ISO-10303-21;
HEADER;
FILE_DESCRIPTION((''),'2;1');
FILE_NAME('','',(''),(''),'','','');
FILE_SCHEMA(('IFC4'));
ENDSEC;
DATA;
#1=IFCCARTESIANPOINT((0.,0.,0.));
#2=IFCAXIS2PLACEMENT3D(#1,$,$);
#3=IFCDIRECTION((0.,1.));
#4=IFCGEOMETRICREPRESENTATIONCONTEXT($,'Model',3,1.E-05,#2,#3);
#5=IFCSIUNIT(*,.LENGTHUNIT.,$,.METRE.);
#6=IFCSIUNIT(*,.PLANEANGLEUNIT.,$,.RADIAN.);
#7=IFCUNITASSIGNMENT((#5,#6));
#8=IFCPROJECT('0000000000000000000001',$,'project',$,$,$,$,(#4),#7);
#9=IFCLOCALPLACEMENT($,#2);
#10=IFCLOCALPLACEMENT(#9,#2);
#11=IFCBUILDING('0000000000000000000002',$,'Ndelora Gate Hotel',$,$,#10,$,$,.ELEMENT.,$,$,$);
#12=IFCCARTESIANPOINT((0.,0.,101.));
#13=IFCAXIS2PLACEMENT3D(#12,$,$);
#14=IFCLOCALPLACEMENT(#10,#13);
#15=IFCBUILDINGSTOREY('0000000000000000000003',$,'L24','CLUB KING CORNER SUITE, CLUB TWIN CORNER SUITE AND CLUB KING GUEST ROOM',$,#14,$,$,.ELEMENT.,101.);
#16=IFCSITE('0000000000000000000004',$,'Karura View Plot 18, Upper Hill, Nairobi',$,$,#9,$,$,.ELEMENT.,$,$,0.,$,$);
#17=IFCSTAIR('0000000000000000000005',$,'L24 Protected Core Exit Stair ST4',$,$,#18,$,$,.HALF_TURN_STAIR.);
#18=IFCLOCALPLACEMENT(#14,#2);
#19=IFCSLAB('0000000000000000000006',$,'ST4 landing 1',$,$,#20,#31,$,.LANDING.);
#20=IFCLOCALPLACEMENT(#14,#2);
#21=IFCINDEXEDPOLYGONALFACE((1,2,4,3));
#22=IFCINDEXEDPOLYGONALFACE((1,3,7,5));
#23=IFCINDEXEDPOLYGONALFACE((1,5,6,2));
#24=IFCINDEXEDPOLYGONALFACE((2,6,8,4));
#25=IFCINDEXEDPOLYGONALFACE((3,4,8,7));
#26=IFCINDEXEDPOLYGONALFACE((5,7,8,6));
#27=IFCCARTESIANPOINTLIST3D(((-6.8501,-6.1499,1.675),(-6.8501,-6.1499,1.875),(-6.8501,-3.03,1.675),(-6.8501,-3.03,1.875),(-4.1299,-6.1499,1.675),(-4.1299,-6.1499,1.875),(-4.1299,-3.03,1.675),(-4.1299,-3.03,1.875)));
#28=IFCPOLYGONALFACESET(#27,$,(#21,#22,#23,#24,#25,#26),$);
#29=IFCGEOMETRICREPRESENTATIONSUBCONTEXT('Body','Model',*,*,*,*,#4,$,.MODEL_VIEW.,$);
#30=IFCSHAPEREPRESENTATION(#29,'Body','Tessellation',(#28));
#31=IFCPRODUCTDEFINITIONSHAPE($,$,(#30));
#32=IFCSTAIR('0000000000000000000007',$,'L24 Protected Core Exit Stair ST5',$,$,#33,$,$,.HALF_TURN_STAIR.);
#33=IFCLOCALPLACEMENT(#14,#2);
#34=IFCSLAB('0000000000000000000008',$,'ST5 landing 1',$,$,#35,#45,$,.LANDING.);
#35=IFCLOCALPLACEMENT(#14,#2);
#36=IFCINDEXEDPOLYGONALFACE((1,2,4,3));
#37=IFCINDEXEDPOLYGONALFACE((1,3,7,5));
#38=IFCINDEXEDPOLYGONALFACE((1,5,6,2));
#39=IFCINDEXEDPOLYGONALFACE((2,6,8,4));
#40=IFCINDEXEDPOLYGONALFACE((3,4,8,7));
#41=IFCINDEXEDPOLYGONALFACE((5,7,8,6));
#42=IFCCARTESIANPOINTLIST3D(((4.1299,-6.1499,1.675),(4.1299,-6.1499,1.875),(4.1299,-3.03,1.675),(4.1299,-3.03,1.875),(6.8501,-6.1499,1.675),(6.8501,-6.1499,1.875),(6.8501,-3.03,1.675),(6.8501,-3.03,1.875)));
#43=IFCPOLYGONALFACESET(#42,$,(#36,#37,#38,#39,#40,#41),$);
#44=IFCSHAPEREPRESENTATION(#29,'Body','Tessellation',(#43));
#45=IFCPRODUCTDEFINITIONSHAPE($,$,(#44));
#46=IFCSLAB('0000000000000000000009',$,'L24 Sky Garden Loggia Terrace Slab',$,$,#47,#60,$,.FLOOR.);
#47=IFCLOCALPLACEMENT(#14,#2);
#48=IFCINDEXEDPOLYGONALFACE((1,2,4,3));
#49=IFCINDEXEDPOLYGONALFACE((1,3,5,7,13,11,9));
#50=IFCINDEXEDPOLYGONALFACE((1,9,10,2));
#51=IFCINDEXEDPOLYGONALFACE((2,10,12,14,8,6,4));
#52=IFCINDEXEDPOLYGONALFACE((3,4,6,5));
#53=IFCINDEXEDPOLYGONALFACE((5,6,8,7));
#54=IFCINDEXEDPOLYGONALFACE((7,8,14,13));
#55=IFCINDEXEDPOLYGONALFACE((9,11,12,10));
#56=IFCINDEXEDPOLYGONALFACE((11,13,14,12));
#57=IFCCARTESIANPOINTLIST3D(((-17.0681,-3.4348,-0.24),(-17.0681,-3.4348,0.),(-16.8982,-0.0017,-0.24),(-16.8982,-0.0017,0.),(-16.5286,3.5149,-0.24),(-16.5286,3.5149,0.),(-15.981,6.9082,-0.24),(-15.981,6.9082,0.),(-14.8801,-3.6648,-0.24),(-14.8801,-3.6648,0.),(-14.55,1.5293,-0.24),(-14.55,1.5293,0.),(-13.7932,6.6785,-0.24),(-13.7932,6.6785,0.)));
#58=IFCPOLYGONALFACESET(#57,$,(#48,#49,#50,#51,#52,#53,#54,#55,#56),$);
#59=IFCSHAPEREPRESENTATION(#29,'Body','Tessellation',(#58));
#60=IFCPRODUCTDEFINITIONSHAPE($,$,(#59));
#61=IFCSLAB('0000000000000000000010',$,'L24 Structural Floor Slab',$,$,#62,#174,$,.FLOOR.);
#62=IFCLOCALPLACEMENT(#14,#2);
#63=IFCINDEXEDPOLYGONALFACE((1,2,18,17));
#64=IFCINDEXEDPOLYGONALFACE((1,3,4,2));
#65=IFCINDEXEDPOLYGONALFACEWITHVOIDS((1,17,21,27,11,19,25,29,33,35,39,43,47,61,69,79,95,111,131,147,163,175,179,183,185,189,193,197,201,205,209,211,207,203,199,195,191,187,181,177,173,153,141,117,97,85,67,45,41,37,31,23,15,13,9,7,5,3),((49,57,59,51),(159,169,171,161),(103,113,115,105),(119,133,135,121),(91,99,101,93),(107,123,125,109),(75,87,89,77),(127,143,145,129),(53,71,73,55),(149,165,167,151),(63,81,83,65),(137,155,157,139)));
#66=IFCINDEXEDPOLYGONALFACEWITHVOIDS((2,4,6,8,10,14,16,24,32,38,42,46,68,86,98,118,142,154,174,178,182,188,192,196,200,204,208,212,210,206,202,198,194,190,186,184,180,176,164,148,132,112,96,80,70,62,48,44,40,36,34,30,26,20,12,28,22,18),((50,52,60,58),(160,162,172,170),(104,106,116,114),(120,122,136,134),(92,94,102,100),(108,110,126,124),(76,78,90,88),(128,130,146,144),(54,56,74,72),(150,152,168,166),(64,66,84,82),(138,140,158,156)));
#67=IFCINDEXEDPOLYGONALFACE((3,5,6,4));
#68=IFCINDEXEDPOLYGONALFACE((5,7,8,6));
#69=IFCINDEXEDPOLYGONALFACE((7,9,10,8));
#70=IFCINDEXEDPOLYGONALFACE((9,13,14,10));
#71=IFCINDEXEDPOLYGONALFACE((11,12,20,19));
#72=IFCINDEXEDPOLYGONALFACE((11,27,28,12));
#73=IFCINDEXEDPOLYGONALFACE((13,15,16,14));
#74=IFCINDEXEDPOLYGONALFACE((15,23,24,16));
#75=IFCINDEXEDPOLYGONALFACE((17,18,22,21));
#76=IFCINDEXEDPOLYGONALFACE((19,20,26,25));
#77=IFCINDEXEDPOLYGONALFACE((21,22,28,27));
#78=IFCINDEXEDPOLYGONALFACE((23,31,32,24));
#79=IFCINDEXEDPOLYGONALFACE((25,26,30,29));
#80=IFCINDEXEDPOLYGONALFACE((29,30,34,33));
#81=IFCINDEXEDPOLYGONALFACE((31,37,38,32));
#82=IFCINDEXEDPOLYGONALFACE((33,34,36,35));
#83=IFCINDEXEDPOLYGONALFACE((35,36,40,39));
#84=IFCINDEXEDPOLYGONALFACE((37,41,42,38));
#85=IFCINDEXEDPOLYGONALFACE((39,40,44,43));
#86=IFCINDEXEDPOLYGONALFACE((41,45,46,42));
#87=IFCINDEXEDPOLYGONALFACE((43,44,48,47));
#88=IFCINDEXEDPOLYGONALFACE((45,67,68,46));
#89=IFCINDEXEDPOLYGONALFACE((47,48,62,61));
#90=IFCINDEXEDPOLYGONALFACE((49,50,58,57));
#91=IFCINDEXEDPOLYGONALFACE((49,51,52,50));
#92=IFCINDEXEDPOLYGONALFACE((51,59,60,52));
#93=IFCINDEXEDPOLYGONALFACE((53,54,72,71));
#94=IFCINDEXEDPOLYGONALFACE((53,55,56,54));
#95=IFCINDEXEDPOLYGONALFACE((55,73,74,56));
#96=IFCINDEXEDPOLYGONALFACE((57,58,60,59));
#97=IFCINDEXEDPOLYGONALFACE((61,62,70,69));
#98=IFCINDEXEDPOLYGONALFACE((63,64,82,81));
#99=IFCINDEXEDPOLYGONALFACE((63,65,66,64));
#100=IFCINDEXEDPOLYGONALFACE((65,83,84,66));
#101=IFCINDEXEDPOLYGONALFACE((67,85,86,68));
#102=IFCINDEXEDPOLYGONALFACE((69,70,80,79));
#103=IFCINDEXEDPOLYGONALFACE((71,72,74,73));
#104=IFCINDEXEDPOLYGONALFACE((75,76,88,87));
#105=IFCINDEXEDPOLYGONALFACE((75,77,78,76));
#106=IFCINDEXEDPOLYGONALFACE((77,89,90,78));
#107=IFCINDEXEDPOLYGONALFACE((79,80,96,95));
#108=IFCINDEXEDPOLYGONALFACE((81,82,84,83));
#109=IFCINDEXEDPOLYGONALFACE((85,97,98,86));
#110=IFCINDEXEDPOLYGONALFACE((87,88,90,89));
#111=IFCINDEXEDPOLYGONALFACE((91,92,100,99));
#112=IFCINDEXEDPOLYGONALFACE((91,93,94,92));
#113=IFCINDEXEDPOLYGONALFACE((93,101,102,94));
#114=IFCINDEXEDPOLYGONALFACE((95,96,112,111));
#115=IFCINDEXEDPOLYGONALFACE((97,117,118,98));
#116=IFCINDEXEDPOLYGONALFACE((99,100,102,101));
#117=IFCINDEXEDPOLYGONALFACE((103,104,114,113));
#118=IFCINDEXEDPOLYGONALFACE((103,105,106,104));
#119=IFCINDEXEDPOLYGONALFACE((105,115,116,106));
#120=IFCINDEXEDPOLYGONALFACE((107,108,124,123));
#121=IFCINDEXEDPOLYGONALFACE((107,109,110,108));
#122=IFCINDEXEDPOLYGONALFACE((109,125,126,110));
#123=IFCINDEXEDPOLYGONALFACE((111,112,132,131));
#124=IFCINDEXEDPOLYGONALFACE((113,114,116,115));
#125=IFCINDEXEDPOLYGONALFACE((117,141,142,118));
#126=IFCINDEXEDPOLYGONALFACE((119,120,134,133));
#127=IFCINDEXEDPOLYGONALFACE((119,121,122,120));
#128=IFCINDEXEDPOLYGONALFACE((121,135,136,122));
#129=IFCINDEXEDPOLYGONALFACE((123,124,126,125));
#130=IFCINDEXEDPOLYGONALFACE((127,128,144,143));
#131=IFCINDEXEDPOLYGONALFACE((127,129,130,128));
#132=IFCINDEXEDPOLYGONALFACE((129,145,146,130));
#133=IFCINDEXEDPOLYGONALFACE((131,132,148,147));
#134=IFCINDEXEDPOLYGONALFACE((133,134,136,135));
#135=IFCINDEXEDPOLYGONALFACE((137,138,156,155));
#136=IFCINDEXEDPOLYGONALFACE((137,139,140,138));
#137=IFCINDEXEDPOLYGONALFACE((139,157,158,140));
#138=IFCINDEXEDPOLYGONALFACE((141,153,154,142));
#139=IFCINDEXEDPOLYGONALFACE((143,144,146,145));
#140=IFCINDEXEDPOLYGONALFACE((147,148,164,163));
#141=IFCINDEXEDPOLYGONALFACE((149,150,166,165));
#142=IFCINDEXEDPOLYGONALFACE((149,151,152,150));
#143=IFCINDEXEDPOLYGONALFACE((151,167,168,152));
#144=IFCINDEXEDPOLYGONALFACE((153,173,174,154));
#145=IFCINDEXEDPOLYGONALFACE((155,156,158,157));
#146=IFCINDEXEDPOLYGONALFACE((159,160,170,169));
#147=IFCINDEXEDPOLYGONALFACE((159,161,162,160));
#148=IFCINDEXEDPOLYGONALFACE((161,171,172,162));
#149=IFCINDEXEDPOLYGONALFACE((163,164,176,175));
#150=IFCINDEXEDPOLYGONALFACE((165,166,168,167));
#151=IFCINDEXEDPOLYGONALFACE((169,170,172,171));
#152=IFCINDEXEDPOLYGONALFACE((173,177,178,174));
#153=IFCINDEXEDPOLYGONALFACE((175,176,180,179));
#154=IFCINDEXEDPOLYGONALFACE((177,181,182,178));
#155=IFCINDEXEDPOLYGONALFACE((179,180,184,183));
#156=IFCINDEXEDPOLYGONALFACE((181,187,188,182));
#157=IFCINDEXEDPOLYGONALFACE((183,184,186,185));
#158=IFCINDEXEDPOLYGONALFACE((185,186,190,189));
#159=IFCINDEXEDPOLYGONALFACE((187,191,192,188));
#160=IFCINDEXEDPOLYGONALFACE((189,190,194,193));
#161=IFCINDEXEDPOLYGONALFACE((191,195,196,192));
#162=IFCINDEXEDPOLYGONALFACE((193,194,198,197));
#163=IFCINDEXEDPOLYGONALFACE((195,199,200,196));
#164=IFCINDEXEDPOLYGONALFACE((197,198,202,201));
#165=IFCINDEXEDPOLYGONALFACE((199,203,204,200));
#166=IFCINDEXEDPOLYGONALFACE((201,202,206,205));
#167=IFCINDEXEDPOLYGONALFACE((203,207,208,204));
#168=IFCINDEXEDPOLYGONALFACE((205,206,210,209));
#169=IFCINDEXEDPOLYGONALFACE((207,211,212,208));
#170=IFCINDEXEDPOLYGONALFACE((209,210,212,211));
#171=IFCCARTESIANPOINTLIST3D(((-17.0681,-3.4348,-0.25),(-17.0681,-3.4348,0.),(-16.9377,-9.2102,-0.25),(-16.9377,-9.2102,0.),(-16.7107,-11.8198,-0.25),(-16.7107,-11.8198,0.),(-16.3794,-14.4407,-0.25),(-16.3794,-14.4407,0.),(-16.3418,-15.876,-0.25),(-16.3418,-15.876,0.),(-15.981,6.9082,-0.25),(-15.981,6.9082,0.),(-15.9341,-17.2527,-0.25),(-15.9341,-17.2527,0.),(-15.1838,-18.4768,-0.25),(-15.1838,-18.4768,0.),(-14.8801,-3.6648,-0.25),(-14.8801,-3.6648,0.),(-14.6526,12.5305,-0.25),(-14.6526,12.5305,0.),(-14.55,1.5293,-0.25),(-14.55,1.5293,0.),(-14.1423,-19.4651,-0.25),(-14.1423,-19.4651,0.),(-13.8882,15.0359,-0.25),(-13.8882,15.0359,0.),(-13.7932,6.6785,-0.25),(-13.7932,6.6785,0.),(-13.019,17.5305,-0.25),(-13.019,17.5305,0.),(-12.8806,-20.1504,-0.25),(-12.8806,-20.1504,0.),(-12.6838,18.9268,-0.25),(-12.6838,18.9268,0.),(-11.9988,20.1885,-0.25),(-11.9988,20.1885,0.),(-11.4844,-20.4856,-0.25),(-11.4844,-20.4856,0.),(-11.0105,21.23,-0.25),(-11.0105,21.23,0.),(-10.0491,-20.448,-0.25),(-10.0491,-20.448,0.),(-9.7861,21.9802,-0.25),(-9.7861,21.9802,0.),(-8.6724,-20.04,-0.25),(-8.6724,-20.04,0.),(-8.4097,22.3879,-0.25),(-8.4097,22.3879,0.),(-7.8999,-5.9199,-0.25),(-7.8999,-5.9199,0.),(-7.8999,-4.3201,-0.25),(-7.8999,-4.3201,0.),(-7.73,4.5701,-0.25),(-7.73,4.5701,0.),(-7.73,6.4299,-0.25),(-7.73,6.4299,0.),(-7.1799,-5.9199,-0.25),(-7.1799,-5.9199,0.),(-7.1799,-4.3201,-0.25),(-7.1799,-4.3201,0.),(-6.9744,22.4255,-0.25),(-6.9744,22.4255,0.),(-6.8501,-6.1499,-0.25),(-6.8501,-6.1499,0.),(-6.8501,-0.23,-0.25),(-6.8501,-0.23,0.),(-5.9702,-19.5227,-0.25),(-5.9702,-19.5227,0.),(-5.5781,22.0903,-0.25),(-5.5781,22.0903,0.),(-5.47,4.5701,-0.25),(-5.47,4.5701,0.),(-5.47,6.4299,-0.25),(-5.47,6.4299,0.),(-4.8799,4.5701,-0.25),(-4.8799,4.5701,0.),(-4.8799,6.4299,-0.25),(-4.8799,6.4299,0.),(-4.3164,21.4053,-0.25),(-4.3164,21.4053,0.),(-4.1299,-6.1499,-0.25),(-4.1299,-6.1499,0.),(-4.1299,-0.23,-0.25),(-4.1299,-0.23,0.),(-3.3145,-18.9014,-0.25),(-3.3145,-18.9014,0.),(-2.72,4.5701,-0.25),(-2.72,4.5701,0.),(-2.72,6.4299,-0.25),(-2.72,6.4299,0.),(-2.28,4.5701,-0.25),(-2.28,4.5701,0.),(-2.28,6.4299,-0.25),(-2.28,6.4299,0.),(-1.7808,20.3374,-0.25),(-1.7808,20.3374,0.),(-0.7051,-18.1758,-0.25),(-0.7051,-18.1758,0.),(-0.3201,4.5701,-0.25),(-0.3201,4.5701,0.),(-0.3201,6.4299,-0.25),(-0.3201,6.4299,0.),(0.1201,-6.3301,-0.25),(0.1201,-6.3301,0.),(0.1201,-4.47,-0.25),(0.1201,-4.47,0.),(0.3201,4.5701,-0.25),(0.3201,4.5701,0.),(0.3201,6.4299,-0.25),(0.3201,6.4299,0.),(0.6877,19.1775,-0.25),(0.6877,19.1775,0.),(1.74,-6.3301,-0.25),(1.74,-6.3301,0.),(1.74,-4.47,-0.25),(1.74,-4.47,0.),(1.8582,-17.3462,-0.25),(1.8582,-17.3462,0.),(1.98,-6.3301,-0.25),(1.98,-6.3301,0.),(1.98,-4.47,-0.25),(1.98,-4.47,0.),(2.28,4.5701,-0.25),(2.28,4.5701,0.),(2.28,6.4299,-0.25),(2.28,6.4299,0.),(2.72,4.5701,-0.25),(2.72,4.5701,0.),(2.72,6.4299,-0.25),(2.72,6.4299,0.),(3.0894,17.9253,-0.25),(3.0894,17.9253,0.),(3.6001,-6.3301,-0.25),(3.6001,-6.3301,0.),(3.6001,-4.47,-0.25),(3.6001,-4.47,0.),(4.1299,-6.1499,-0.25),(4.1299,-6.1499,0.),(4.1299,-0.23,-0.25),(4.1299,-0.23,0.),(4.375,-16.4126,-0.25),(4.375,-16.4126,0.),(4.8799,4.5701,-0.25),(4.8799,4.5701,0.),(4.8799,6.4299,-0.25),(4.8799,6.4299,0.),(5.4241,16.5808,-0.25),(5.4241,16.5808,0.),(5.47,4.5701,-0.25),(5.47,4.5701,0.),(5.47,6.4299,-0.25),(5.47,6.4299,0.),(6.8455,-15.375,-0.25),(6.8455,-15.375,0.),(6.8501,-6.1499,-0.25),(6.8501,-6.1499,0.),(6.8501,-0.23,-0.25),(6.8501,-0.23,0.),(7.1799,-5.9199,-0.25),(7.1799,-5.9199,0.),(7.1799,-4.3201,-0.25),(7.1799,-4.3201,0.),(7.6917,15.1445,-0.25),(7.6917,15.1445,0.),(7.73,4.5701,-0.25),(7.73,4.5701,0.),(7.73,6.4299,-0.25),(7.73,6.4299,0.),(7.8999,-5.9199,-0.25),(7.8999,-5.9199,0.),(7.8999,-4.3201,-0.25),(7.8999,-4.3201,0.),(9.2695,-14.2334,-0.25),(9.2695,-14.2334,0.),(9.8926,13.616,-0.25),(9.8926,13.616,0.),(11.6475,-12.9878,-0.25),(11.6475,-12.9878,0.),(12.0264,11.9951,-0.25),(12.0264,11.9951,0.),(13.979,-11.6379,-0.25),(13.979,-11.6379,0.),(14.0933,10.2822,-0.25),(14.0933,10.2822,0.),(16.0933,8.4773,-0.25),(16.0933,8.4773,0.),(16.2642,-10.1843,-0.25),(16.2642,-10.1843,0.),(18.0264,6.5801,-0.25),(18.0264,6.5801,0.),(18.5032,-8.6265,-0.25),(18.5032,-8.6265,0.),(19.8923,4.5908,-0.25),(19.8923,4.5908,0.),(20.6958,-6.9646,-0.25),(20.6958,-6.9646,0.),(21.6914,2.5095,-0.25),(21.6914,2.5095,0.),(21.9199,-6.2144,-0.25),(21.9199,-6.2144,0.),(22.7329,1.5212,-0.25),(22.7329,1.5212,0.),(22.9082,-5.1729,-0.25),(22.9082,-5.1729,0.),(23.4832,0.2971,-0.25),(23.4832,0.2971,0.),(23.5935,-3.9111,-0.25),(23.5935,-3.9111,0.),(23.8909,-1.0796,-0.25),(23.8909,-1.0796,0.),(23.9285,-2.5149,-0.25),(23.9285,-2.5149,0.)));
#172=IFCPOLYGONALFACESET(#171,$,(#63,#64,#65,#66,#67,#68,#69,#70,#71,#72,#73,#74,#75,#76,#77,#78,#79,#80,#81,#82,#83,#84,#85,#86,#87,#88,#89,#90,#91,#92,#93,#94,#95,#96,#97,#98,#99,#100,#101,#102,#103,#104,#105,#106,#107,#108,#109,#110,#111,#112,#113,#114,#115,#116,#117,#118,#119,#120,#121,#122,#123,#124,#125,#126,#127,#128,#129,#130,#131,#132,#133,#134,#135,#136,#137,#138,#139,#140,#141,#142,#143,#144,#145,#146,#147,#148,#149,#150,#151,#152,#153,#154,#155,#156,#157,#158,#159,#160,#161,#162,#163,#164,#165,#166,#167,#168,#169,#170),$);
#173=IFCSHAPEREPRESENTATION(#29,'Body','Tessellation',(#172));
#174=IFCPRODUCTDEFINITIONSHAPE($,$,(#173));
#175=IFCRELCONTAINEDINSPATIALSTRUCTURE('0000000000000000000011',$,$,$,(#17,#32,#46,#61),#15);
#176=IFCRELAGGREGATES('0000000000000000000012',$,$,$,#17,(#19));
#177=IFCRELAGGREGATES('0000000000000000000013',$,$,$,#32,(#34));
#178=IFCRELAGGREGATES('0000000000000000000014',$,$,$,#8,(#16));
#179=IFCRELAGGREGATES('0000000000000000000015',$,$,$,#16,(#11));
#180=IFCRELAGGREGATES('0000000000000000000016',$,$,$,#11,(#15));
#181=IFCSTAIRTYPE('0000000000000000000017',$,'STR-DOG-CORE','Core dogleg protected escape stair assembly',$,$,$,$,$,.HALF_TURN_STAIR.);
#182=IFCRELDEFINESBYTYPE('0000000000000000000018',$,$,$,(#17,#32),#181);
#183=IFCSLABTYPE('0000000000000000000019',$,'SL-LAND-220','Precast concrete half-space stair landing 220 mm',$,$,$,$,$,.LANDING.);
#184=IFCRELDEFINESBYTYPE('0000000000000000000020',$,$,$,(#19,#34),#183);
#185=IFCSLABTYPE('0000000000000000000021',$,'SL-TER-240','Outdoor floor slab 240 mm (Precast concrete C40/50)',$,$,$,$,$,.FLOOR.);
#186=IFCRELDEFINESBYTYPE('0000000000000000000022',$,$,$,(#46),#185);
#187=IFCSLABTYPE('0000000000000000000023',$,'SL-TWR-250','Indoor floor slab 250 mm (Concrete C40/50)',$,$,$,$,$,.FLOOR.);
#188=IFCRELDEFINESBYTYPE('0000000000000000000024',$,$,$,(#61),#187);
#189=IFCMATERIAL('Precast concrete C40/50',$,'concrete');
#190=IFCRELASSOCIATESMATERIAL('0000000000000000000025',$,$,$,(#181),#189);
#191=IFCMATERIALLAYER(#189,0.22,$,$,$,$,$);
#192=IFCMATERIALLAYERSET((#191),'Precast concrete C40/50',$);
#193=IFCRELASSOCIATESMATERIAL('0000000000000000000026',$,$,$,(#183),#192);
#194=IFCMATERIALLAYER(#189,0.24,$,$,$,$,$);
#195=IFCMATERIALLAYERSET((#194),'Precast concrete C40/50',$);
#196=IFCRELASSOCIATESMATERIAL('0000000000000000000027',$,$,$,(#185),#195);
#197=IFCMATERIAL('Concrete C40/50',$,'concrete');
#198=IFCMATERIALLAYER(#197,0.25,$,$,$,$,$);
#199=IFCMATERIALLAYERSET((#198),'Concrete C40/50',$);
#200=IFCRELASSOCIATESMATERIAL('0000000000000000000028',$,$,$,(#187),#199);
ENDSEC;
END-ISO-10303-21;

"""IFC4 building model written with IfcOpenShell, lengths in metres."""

from ifc_helpers import new_model, si_unit, direction, frame, origin, place, context, subcontext, project, spatial, polyline, outline, extrude, material, layer, layer_set, type_object, element, aggregate, save


model = new_model("IFC4")

# Units and contexts
model_context = context("Model", 3, precision=1e-05, world=origin(), true_north=direction((0.0, 1.0)))
body_context = subcontext(model_context, "Body", "Model", "MODEL_VIEW")
ifc_project = project(units=[si_unit("LENGTHUNIT", "METRE"), si_unit("PLANEANGLEUNIT", "RADIAN")], contexts=[model_context])

# Site, building, storey
site_placement = place(None, origin())
site = spatial("IfcSite", under=ifc_project, at=site_placement, Name="Karura View Plot 18, Upper Hill, Nairobi", CompositionType="ELEMENT", RefElevation=0.0)
building_placement = place(site_placement, origin())
building = spatial("IfcBuilding", under=site, at=building_placement, Name="Ndelora Gate Hotel", CompositionType="ELEMENT")
storey_placement = place(building_placement, frame((0.0, 0.0, 101.0)))
storey = spatial("IfcBuildingStorey", under=building, at=storey_placement, Name="L24", Description="CLUB KING CORNER SUITE, CLUB TWIN CORNER SUITE AND CLUB KING GUEST ROOM", CompositionType="ELEMENT", Elevation=101.0)

# Stairs, slabs
ifc_material_1 = material(Name="Precast concrete C40/50", Category="concrete")
stair_type = type_object("IfcStairType", Name="STR-DOG-CORE", Description="Core dogleg protected escape stair assembly", PredefinedType="HALF_TURN_STAIR", material=ifc_material_1)
stair_1_placement = place(storey_placement, origin())
stair_1 = element("IfcStair", 1, at=stair_1_placement, inside=storey, type_object=stair_type, Name="L24 Protected Core Exit Stair ST4", PredefinedType="HALF_TURN_STAIR")
ifc_layer_1 = layer(ifc_material_1, 0.22)
ifc_layer_set_1 = layer_set([ifc_layer_1], Name="Precast concrete C40/50")
slab_type_1 = type_object("IfcSlabType", Name="SL-LAND-220", Description="Precast concrete half-space stair landing 220 mm", PredefinedType="LANDING", material=ifc_layer_set_1)
slab_1_placement = place(storey_placement, frame((0.0, 0.0, 1.675)))
slab_1 = element("IfcSlab", 2, at=slab_1_placement, type_object=slab_type_1, Name="ST4 landing 1", PredefinedType="LANDING", context=body_context, shape_type="SweptSolid", body=[
    extrude(outline(polyline([(-6.8501, -3.03), (-6.8501, -6.1499), (-4.1299, -6.1499), (-4.1299, -3.03), (-6.8501, -3.03)])), origin(), (0.0, 0.0, 1.0), 0.2),
])
aggregate(stair_1, [slab_1])
stair_2_placement = place(storey_placement, origin())
stair_2 = element("IfcStair", 3, at=stair_2_placement, inside=storey, type_object=stair_type, Name="L24 Protected Core Exit Stair ST5", PredefinedType="HALF_TURN_STAIR")
slab_2_placement = place(storey_placement, frame((0.0, 0.0, 1.675)))
slab_2 = element("IfcSlab", 4, at=slab_2_placement, type_object=slab_type_1, Name="ST5 landing 1", PredefinedType="LANDING", context=body_context, shape_type="SweptSolid", body=[
    extrude(outline(polyline([(4.1299, -3.03), (4.1299, -6.1499), (6.8501, -6.1499), (6.8501, -3.03), (4.1299, -3.03)])), origin(), (0.0, 0.0, 1.0), 0.2),
])
aggregate(stair_2, [slab_2])

# Slabs
ifc_layer_2 = layer(ifc_material_1, 0.24)
ifc_layer_set_2 = layer_set([ifc_layer_2], Name="Precast concrete C40/50")
slab_type_2 = type_object("IfcSlabType", Name="SL-TER-240", Description="Outdoor floor slab 240 mm (Precast concrete C40/50)", PredefinedType="FLOOR", material=ifc_layer_set_2)
slab_3_placement = place(storey_placement, frame((0.0, 0.0, -0.24)))
element("IfcSlab", 5, at=slab_3_placement, inside=storey, type_object=slab_type_2, Name="L24 Sky Garden Loggia Terrace Slab", PredefinedType="FLOOR", context=body_context, shape_type="SweptSolid", body=[
    extrude(outline(polyline([(-13.7932, 6.6785), (-15.981, 6.9082), (-16.5286, 3.5149), (-16.8982, -0.0017), (-17.0681, -3.4348), (-14.8801, -3.6648), (-14.55, 1.5293), (-13.7932, 6.6785)])), origin(), (0.0, 0.0, 1.0), 0.24),
])
ifc_material_2 = material(Name="Concrete C40/50", Category="concrete")
ifc_layer_3 = layer(ifc_material_2, 0.25)
ifc_layer_set_3 = layer_set([ifc_layer_3], Name="Concrete C40/50")
slab_type_3 = type_object("IfcSlabType", Name="SL-TWR-250", Description="Indoor floor slab 250 mm (Concrete C40/50)", PredefinedType="FLOOR", material=ifc_layer_set_3)
slab_4_placement = place(storey_placement, frame((0.0, 0.0, -0.25)))
element("IfcSlab", 6, at=slab_4_placement, inside=storey, type_object=slab_type_3, Name="L24 Structural Floor Slab", PredefinedType="FLOOR", context=body_context, shape_type="SweptSolid", body=[
    extrude(outline(polyline([(-4.3164, 21.4053), (-5.5781, 22.0903), (-6.9744, 22.4255), (-8.4097, 22.3879), (-9.7861, 21.9802), (-11.0105, 21.23), (-11.9988, 20.1885), (-12.6838, 18.9268), (-13.019, 17.5305), (-13.8882, 15.0359), (-14.6526, 12.5305), (-15.981, 6.9082), (-13.7932, 6.6785), (-14.55, 1.5293), (-14.8801, -3.6648), (-17.0681, -3.4348), (-16.9377, -9.2102), (-16.7107, -11.8198), (-16.3794, -14.4407), (-16.3418, -15.876), (-15.9341, -17.2527), (-15.1838, -18.4768), (-14.1423, -19.4651), (-12.8806, -20.1504), (-11.4844, -20.4856), (-10.0491, -20.448), (-8.6724, -20.04), (-5.9702, -19.5227), (-3.3145, -18.9014), (-0.7051, -18.1758), (1.8582, -17.3462), (4.375, -16.4126), (6.8455, -15.375), (9.2695, -14.2334), (11.6475, -12.9878), (13.979, -11.6379), (16.2642, -10.1843), (18.5032, -8.6265), (20.6958, -6.9646), (21.9199, -6.2144), (22.9082, -5.1729), (23.5935, -3.9111), (23.9285, -2.5149), (23.8909, -1.0796), (23.4832, 0.2971), (22.7329, 1.5212), (21.6914, 2.5095), (19.8923, 4.5908), (18.0264, 6.5801), (16.0933, 8.4773), (14.0933, 10.2822), (12.0264, 11.9951), (9.8926, 13.616), (7.6917, 15.1445), (5.4241, 16.5808), (3.0894, 17.9253), (0.6877, 19.1775), (-1.7808, 20.3374), (-4.3164, 21.4053)]), holes=[polyline([(-6.8501, -0.23), (-6.8501, -6.1499), (-4.1299, -6.1499), (-4.1299, -0.23), (-6.8501, -0.23)]), polyline([(4.1299, -0.23), (4.1299, -6.1499), (6.8501, -6.1499), (6.8501, -0.23), (4.1299, -0.23)]), polyline([(-7.73, 4.5701), (-5.47, 4.5701), (-5.47, 6.4299), (-7.73, 6.4299), (-7.73, 4.5701)]), polyline([(5.47, 4.5701), (7.73, 4.5701), (7.73, 6.4299), (5.47, 6.4299), (5.47, 4.5701)]), polyline([(-4.8799, 4.5701), (-2.72, 4.5701), (-2.72, 6.4299), (-4.8799, 6.4299), (-4.8799, 4.5701)]), polyline([(2.72, 4.5701), (4.8799, 4.5701), (4.8799, 6.4299), (2.72, 6.4299), (2.72, 4.5701)]), polyline([(0.1201, -6.3301), (1.74, -6.3301), (1.74, -4.47), (0.1201, -4.47), (0.1201, -6.3301)]), polyline([(1.98, -6.3301), (3.6001, -6.3301), (3.6001, -4.47), (1.98, -4.47), (1.98, -6.3301)]), polyline([(-2.28, 4.5701), (-0.3201, 4.5701), (-0.3201, 6.4299), (-2.28, 6.4299), (-2.28, 4.5701)]), polyline([(0.3201, 4.5701), (2.28, 4.5701), (2.28, 6.4299), (0.3201, 6.4299), (0.3201, 4.5701)]), polyline([(-7.8999, -5.9199), (-7.1799, -5.9199), (-7.1799, -4.3201), (-7.8999, -4.3201), (-7.8999, -5.9199)]), polyline([(7.1799, -5.9199), (7.8999, -5.9199), (7.8999, -4.3201), (7.1799, -4.3201), (7.1799, -5.9199)])]), origin(), (0.0, 0.0, 1.0), 0.25),
])

save(model, "model.ifc")
